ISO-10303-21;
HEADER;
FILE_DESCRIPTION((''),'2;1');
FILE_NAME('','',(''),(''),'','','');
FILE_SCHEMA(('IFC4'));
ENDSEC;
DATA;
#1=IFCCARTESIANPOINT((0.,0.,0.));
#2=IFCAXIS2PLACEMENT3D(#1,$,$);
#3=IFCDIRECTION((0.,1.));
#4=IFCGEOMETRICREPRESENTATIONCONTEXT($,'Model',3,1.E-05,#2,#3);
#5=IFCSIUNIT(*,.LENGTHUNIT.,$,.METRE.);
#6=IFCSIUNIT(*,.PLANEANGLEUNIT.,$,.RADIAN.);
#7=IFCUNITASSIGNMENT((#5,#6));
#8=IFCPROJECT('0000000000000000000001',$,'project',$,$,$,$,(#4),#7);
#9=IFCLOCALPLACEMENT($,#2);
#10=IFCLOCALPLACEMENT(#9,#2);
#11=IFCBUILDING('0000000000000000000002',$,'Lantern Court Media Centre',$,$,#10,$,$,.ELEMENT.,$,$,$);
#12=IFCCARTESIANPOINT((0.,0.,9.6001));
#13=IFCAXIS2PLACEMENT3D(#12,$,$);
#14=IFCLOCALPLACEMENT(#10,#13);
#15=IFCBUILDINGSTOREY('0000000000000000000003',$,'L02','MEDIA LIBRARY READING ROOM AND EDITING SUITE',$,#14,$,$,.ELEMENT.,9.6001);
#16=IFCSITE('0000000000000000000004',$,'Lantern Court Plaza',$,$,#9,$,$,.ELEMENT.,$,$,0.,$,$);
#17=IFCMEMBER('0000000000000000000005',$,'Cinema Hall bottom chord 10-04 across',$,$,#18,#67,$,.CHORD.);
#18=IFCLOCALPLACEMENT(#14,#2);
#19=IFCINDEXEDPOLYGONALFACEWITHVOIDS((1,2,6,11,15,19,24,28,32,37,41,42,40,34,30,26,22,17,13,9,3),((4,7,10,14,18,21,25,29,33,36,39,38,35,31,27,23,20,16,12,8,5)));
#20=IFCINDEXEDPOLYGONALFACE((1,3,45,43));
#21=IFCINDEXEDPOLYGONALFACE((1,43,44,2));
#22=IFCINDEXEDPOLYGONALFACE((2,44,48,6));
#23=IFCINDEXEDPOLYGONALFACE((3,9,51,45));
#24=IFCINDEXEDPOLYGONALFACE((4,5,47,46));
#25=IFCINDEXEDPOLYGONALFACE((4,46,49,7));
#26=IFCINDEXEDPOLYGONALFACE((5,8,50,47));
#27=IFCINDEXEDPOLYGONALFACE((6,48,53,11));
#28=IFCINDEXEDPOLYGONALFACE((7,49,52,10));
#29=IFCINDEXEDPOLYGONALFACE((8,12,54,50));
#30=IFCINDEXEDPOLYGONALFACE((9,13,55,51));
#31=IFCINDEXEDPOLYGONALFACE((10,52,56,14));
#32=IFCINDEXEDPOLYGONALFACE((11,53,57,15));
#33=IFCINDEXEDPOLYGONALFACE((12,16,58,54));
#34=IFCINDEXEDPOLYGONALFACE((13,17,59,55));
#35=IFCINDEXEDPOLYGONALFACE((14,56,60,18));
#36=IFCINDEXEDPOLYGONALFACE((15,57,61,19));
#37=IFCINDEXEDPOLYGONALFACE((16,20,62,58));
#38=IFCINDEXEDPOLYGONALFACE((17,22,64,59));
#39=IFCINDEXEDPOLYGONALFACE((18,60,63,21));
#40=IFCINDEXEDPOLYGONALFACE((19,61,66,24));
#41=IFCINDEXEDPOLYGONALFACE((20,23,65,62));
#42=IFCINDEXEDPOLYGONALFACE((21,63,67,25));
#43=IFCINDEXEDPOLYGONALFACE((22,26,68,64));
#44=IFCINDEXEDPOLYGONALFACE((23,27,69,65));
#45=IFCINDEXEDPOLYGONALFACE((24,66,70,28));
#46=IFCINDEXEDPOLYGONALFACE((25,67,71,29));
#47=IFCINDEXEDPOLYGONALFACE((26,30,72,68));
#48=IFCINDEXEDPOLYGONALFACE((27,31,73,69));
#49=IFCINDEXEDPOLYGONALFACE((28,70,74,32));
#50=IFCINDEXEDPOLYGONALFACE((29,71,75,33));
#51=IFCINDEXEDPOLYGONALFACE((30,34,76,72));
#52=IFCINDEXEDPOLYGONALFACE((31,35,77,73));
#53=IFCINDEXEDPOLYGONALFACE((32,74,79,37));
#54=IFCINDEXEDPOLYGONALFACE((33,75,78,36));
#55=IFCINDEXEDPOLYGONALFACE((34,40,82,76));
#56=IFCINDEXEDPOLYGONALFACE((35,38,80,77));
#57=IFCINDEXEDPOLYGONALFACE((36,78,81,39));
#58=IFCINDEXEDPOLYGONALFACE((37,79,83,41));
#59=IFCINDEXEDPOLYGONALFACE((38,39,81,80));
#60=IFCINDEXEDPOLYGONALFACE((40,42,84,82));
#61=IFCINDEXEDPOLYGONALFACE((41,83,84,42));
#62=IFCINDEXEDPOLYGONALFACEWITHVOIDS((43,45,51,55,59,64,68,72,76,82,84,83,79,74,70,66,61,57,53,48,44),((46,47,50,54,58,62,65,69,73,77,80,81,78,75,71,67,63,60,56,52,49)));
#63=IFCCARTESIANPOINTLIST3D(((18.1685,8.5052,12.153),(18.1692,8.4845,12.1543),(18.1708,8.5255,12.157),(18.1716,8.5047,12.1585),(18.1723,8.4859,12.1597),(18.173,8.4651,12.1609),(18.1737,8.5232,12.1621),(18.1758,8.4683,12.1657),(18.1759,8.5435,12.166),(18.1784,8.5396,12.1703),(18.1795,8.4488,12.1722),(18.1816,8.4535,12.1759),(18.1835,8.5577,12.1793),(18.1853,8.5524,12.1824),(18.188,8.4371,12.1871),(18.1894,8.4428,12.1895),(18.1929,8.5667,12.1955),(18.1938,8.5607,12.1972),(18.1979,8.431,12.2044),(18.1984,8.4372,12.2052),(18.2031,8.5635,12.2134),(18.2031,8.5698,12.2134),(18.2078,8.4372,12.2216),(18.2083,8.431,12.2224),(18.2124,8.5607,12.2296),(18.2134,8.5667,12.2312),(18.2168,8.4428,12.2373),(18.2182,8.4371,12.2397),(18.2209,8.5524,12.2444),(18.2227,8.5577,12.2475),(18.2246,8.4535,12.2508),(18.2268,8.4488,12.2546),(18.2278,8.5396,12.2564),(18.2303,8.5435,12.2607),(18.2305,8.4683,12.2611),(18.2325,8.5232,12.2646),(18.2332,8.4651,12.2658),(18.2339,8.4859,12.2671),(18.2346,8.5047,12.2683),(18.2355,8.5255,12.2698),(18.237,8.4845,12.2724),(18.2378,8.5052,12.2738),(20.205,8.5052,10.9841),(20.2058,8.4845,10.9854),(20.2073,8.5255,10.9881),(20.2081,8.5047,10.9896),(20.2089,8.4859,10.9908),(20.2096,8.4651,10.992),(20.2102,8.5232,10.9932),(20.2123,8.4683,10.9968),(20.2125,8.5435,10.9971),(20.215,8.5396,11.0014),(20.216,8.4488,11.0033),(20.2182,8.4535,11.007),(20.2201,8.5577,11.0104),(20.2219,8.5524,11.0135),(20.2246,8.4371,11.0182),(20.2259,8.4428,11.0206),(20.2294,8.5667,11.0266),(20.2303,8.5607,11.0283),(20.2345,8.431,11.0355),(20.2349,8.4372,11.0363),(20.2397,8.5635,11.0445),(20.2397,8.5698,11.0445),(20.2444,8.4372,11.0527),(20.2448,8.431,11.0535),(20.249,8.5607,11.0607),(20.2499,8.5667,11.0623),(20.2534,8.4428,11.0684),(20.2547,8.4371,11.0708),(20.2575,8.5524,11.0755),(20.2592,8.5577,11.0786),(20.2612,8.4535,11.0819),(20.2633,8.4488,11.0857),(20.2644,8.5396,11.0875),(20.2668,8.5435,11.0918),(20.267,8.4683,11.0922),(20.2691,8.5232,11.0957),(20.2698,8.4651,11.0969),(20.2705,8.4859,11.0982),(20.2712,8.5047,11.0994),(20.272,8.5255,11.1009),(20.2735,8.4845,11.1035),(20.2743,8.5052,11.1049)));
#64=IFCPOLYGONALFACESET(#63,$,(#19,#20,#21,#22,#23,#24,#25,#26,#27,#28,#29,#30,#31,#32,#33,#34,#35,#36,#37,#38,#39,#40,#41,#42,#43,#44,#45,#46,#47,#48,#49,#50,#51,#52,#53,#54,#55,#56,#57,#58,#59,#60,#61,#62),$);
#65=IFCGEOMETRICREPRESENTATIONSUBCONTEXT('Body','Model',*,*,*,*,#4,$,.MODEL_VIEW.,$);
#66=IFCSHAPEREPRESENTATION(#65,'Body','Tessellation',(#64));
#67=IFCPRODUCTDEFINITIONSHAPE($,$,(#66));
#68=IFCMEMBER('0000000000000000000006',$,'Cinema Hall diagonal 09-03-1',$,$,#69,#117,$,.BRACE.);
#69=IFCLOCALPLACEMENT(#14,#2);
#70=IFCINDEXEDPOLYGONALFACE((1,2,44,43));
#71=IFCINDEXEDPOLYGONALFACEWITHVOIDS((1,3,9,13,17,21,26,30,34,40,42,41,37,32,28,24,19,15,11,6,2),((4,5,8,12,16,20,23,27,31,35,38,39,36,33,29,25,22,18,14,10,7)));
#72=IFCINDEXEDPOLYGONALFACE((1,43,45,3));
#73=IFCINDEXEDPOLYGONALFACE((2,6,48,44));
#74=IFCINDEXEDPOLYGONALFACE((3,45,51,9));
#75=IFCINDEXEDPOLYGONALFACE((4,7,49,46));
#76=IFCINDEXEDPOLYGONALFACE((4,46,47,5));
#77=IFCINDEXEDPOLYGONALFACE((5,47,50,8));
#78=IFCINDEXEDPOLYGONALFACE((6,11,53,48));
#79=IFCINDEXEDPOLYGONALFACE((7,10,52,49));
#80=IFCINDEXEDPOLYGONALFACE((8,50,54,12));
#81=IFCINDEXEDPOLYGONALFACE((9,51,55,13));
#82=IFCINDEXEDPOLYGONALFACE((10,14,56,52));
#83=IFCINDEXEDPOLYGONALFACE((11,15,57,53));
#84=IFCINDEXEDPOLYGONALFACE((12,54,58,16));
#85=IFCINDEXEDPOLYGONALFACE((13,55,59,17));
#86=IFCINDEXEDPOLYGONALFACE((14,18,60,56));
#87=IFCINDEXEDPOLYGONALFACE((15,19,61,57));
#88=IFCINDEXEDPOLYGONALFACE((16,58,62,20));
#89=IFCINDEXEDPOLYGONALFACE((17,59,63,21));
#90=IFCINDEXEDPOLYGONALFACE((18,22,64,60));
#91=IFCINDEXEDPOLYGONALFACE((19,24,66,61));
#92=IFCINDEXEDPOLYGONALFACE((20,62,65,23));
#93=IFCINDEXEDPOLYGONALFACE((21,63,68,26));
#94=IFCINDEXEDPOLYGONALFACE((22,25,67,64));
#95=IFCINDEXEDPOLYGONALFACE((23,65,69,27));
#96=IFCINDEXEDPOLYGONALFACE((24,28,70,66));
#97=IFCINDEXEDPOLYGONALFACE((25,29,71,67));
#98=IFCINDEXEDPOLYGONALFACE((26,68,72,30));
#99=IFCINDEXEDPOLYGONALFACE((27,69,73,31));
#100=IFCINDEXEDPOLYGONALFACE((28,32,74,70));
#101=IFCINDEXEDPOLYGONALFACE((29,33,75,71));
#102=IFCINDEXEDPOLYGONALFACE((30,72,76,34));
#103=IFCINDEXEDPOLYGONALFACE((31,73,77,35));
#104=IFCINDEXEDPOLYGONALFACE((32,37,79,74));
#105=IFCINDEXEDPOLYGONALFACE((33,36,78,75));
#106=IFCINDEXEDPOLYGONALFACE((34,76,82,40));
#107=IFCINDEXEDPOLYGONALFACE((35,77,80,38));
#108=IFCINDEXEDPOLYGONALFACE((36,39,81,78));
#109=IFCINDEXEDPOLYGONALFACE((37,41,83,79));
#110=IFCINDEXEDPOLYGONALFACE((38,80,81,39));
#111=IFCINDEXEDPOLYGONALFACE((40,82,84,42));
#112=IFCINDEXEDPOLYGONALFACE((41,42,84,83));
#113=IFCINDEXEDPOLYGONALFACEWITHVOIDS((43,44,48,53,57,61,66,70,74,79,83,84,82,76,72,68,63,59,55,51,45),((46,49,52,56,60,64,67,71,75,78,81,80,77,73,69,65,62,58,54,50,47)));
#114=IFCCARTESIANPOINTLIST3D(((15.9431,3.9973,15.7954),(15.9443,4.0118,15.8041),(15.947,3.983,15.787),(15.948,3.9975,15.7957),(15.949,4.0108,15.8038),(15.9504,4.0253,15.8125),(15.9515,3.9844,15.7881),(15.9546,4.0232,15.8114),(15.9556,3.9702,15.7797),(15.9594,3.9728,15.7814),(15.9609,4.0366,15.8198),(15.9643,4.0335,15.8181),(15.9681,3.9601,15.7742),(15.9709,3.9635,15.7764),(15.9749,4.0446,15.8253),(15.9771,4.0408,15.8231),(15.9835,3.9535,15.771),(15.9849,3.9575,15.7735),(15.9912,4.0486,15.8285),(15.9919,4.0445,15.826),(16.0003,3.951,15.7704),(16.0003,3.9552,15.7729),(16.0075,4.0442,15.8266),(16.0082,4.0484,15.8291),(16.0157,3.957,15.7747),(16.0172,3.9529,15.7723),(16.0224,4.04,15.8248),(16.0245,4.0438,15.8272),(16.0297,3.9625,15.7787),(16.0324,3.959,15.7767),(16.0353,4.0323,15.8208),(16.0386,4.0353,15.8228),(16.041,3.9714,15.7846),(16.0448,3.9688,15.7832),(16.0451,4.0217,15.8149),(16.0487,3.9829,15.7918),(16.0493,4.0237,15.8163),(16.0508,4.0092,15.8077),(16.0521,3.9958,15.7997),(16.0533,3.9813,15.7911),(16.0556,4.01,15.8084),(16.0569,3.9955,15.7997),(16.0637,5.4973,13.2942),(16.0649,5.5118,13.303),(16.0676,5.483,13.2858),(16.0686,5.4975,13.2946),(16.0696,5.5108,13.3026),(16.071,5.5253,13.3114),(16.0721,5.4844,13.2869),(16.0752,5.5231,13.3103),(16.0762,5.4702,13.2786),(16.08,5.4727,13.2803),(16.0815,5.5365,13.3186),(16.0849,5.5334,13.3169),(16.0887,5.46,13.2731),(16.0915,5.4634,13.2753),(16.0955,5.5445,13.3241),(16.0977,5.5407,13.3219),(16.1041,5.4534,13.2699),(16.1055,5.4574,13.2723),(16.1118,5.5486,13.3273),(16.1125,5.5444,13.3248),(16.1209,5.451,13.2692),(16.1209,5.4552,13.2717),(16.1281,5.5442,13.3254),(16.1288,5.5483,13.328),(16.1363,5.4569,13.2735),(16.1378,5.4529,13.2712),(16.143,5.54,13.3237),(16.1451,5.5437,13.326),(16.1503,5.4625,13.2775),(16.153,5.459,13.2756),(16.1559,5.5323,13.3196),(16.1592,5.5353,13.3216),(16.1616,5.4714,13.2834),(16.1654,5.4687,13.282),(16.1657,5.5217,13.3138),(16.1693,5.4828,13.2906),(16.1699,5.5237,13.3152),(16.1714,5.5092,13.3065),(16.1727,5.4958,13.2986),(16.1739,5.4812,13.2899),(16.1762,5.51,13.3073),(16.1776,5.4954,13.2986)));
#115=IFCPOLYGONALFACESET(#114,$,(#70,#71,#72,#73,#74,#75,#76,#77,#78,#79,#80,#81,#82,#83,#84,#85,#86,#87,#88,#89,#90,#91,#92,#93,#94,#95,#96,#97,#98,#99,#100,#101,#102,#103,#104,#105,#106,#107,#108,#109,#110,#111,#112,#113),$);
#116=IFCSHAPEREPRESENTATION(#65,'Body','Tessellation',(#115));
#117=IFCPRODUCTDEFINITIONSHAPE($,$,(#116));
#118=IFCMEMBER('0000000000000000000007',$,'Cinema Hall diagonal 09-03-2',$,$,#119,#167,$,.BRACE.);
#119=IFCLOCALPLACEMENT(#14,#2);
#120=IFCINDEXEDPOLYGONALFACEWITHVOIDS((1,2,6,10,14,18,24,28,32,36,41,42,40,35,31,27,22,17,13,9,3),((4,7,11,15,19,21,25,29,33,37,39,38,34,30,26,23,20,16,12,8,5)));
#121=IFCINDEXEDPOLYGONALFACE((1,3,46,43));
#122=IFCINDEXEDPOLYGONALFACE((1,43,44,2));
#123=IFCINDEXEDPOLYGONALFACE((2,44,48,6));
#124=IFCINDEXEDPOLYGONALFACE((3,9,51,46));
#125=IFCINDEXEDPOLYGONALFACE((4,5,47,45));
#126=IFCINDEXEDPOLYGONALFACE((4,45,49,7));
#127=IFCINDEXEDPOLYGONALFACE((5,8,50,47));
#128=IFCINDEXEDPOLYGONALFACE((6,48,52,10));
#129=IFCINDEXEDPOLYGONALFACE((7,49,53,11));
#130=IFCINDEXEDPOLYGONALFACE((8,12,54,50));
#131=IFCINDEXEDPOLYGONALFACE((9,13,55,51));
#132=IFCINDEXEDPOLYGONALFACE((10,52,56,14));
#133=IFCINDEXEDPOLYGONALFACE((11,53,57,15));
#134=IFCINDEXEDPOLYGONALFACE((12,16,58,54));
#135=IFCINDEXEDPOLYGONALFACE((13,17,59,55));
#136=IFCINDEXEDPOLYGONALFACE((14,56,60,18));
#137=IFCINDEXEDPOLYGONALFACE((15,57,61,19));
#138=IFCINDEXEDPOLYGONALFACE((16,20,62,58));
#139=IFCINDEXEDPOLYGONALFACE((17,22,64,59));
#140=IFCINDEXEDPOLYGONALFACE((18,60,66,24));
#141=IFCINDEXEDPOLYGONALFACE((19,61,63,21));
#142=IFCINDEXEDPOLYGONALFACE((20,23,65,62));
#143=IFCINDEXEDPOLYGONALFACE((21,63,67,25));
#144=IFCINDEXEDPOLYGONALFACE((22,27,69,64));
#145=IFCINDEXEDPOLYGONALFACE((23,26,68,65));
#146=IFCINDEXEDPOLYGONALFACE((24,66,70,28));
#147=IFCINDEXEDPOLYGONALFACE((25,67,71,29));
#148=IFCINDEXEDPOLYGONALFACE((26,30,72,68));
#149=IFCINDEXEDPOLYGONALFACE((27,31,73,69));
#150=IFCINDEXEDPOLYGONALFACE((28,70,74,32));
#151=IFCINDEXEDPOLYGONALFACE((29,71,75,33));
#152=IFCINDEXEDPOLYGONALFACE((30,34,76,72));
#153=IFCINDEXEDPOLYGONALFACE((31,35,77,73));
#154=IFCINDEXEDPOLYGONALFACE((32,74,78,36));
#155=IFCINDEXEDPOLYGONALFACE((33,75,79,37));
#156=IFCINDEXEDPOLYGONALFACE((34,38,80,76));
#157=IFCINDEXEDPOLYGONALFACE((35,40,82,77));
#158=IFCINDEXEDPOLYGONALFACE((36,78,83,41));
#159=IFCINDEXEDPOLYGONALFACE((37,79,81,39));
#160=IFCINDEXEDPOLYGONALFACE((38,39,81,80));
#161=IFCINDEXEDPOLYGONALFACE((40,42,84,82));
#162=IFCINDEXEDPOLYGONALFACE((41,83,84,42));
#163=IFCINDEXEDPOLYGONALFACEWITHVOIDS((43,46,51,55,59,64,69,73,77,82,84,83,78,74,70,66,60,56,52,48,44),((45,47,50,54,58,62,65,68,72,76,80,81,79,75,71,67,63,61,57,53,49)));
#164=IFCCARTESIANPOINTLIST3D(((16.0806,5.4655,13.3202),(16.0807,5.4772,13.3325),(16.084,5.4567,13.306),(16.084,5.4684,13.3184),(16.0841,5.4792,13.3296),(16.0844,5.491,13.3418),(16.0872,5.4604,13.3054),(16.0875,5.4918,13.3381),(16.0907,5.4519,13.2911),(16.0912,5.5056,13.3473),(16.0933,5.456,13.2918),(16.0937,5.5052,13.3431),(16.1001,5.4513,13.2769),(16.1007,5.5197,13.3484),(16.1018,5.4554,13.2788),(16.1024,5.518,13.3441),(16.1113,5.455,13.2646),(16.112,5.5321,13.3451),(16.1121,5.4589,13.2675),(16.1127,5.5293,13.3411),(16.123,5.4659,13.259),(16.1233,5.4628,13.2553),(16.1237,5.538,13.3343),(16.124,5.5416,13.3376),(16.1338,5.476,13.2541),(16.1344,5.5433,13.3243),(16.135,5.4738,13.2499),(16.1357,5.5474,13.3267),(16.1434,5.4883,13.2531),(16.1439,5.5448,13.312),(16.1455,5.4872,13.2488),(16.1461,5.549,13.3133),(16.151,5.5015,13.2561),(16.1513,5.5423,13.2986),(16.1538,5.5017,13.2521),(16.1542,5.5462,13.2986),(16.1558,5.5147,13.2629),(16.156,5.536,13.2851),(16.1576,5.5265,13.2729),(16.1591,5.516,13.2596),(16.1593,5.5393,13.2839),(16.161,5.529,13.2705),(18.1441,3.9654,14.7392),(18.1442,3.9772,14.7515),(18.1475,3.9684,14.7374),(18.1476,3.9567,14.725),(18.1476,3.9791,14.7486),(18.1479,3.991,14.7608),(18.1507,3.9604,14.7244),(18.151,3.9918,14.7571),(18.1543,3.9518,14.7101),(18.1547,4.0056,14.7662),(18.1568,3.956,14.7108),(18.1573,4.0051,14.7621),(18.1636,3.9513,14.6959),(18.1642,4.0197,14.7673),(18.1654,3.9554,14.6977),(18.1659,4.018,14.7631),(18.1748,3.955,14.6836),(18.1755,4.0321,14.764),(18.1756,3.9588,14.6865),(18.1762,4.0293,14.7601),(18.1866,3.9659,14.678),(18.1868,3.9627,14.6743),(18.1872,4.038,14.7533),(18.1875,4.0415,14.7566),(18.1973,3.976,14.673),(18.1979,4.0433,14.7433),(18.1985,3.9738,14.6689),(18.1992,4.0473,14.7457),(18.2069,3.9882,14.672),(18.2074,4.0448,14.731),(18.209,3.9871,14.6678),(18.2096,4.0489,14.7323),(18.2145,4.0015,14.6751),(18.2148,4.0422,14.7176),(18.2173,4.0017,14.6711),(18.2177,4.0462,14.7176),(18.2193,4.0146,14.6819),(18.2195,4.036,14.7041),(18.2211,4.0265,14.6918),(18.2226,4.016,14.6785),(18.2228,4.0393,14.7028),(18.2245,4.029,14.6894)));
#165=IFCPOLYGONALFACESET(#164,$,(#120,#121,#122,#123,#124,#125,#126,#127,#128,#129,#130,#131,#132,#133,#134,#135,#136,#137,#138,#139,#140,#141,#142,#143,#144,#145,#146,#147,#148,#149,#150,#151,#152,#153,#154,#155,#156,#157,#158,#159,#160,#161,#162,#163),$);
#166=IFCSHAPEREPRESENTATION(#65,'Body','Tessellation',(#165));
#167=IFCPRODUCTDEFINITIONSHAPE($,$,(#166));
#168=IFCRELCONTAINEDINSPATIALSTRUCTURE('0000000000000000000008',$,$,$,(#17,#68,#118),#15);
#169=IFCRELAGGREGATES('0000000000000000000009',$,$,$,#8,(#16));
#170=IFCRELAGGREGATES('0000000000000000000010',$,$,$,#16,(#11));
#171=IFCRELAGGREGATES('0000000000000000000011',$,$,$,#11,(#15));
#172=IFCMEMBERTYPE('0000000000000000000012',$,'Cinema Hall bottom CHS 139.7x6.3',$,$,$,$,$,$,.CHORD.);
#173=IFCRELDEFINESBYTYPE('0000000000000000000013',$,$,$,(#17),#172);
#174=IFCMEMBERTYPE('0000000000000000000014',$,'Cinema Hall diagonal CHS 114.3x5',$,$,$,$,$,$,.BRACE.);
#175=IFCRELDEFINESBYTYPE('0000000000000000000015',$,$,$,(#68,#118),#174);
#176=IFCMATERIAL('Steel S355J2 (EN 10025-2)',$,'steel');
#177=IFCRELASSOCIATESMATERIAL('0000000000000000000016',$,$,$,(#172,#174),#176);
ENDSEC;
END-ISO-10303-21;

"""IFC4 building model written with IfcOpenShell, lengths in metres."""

from ifc_helpers import new_model, si_unit, direction, frame, origin, origin_2d, place, context, subcontext, project, spatial, hollow_circle, extrude, material, material_profile, profile_set, type_object, element, save


model = new_model("IFC4")

# Units and contexts
model_context = context("Model", 3, precision=1e-05, world=origin(), true_north=direction((0.0, 1.0)))
body_context = subcontext(model_context, "Body", "Model", "MODEL_VIEW")
ifc_project = project(units=[si_unit("LENGTHUNIT", "METRE"), si_unit("PLANEANGLEUNIT", "RADIAN")], contexts=[model_context])

# Site, building, storey
site_placement = place(None, origin())
site = spatial("IfcSite", under=ifc_project, at=site_placement, Name="Lantern Court Plaza", CompositionType="ELEMENT", RefElevation=0.0)
building_placement = place(site_placement, origin())
building = spatial("IfcBuilding", under=site, at=building_placement, Name="Lantern Court Media Centre", CompositionType="ELEMENT")
storey_placement = place(building_placement, frame((0.0, 0.0, 9.6001)))
storey = spatial("IfcBuildingStorey", under=building, at=storey_placement, Name="L02", Description="MEDIA LIBRARY READING ROOM AND EDITING SUITE", CompositionType="ELEMENT", Elevation=9.6001)

# Members
ifc_material = material(Name="Steel S355J2 (EN 10025-2)", Category="steel")
ifc_material_profile_1 = material_profile(ifc_material, hollow_circle(Radius=0.0698, WallThickness=0.0063, at=origin_2d()), Name="Cinema Hall bottom CHS 139.7x6.3")
ifc_profile_set_1 = profile_set([ifc_material_profile_1], Name="Steel S355J2 (EN 10025-2)")
member_type_1 = type_object("IfcMemberType", Name="Cinema Hall bottom CHS 139.7x6.3", PredefinedType="CHORD", material=ifc_profile_set_1)
member_1_placement = place(storey_placement, frame((18.2031, 8.5, 12.2134), z_axis=(0.867295, 0.0, -0.497795), x_axis=(0.0, 1.0, 0.0)))
element("IfcMember", 1, at=member_1_placement, inside=storey, type_object=member_type_1, Name="Cinema Hall bottom chord 10-04 across", PredefinedType="CHORD", context=body_context, shape_type="SweptSolid", body=[
    extrude(hollow_circle(Radius=0.0698, WallThickness=0.0063, at=origin_2d()), origin(), (0.0, 0.0, 1.0), 2.3481),
])
ifc_material_profile_2 = material_profile(ifc_material, hollow_circle(Radius=0.0571, WallThickness=0.0049, at=origin_2d()), Name="Cinema Hall diagonal CHS 114.3x5")
ifc_profile_set_2 = profile_set([ifc_material_profile_2], Name="Steel S355J2 (EN 10025-2)")
member_type_2 = type_object("IfcMemberType", Name="Cinema Hall diagonal CHS 114.3x5", PredefinedType="BRACE", material=ifc_profile_set_2)
member_2_placement = place(storey_placement, frame((16.1206, 5.5, 13.2986), z_axis=(-0.041317, -0.513872, 0.856871), x_axis=(0.996783, -0.080145, 0.0)))
element("IfcMember", 2, at=member_2_placement, inside=storey, type_object=member_type_2, Name="Cinema Hall diagonal 09-03-1", PredefinedType="BRACE", context=body_context, shape_type="SweptSolid", body=[
    extrude(hollow_circle(Radius=0.0571, WallThickness=0.0049, at=origin_2d()), origin(), (0.0, 0.0, 1.0), 2.9189),
])
for number, where, z_axis, x_axis, name in (
    (3, (16.1206, 5.5, 13.2986), (0.70688, -0.513851, 0.486084), (0.58799, 0.808868, 0.0), "Cinema Hall diagonal 09-03-2"),
):
    element("IfcMember", number, at=place(storey_placement, frame(where, z_axis=z_axis, x_axis=x_axis)), inside=storey, type_object=member_type_2, Name=name, PredefinedType="BRACE", context=body_context, shape_type="SweptSolid", body=[
        extrude(hollow_circle(Radius=0.0571, WallThickness=0.0049, at=origin_2d()), origin(), (0.0, 0.0, 1.0), 2.9192),
    ])

save(model, "model.ifc")
